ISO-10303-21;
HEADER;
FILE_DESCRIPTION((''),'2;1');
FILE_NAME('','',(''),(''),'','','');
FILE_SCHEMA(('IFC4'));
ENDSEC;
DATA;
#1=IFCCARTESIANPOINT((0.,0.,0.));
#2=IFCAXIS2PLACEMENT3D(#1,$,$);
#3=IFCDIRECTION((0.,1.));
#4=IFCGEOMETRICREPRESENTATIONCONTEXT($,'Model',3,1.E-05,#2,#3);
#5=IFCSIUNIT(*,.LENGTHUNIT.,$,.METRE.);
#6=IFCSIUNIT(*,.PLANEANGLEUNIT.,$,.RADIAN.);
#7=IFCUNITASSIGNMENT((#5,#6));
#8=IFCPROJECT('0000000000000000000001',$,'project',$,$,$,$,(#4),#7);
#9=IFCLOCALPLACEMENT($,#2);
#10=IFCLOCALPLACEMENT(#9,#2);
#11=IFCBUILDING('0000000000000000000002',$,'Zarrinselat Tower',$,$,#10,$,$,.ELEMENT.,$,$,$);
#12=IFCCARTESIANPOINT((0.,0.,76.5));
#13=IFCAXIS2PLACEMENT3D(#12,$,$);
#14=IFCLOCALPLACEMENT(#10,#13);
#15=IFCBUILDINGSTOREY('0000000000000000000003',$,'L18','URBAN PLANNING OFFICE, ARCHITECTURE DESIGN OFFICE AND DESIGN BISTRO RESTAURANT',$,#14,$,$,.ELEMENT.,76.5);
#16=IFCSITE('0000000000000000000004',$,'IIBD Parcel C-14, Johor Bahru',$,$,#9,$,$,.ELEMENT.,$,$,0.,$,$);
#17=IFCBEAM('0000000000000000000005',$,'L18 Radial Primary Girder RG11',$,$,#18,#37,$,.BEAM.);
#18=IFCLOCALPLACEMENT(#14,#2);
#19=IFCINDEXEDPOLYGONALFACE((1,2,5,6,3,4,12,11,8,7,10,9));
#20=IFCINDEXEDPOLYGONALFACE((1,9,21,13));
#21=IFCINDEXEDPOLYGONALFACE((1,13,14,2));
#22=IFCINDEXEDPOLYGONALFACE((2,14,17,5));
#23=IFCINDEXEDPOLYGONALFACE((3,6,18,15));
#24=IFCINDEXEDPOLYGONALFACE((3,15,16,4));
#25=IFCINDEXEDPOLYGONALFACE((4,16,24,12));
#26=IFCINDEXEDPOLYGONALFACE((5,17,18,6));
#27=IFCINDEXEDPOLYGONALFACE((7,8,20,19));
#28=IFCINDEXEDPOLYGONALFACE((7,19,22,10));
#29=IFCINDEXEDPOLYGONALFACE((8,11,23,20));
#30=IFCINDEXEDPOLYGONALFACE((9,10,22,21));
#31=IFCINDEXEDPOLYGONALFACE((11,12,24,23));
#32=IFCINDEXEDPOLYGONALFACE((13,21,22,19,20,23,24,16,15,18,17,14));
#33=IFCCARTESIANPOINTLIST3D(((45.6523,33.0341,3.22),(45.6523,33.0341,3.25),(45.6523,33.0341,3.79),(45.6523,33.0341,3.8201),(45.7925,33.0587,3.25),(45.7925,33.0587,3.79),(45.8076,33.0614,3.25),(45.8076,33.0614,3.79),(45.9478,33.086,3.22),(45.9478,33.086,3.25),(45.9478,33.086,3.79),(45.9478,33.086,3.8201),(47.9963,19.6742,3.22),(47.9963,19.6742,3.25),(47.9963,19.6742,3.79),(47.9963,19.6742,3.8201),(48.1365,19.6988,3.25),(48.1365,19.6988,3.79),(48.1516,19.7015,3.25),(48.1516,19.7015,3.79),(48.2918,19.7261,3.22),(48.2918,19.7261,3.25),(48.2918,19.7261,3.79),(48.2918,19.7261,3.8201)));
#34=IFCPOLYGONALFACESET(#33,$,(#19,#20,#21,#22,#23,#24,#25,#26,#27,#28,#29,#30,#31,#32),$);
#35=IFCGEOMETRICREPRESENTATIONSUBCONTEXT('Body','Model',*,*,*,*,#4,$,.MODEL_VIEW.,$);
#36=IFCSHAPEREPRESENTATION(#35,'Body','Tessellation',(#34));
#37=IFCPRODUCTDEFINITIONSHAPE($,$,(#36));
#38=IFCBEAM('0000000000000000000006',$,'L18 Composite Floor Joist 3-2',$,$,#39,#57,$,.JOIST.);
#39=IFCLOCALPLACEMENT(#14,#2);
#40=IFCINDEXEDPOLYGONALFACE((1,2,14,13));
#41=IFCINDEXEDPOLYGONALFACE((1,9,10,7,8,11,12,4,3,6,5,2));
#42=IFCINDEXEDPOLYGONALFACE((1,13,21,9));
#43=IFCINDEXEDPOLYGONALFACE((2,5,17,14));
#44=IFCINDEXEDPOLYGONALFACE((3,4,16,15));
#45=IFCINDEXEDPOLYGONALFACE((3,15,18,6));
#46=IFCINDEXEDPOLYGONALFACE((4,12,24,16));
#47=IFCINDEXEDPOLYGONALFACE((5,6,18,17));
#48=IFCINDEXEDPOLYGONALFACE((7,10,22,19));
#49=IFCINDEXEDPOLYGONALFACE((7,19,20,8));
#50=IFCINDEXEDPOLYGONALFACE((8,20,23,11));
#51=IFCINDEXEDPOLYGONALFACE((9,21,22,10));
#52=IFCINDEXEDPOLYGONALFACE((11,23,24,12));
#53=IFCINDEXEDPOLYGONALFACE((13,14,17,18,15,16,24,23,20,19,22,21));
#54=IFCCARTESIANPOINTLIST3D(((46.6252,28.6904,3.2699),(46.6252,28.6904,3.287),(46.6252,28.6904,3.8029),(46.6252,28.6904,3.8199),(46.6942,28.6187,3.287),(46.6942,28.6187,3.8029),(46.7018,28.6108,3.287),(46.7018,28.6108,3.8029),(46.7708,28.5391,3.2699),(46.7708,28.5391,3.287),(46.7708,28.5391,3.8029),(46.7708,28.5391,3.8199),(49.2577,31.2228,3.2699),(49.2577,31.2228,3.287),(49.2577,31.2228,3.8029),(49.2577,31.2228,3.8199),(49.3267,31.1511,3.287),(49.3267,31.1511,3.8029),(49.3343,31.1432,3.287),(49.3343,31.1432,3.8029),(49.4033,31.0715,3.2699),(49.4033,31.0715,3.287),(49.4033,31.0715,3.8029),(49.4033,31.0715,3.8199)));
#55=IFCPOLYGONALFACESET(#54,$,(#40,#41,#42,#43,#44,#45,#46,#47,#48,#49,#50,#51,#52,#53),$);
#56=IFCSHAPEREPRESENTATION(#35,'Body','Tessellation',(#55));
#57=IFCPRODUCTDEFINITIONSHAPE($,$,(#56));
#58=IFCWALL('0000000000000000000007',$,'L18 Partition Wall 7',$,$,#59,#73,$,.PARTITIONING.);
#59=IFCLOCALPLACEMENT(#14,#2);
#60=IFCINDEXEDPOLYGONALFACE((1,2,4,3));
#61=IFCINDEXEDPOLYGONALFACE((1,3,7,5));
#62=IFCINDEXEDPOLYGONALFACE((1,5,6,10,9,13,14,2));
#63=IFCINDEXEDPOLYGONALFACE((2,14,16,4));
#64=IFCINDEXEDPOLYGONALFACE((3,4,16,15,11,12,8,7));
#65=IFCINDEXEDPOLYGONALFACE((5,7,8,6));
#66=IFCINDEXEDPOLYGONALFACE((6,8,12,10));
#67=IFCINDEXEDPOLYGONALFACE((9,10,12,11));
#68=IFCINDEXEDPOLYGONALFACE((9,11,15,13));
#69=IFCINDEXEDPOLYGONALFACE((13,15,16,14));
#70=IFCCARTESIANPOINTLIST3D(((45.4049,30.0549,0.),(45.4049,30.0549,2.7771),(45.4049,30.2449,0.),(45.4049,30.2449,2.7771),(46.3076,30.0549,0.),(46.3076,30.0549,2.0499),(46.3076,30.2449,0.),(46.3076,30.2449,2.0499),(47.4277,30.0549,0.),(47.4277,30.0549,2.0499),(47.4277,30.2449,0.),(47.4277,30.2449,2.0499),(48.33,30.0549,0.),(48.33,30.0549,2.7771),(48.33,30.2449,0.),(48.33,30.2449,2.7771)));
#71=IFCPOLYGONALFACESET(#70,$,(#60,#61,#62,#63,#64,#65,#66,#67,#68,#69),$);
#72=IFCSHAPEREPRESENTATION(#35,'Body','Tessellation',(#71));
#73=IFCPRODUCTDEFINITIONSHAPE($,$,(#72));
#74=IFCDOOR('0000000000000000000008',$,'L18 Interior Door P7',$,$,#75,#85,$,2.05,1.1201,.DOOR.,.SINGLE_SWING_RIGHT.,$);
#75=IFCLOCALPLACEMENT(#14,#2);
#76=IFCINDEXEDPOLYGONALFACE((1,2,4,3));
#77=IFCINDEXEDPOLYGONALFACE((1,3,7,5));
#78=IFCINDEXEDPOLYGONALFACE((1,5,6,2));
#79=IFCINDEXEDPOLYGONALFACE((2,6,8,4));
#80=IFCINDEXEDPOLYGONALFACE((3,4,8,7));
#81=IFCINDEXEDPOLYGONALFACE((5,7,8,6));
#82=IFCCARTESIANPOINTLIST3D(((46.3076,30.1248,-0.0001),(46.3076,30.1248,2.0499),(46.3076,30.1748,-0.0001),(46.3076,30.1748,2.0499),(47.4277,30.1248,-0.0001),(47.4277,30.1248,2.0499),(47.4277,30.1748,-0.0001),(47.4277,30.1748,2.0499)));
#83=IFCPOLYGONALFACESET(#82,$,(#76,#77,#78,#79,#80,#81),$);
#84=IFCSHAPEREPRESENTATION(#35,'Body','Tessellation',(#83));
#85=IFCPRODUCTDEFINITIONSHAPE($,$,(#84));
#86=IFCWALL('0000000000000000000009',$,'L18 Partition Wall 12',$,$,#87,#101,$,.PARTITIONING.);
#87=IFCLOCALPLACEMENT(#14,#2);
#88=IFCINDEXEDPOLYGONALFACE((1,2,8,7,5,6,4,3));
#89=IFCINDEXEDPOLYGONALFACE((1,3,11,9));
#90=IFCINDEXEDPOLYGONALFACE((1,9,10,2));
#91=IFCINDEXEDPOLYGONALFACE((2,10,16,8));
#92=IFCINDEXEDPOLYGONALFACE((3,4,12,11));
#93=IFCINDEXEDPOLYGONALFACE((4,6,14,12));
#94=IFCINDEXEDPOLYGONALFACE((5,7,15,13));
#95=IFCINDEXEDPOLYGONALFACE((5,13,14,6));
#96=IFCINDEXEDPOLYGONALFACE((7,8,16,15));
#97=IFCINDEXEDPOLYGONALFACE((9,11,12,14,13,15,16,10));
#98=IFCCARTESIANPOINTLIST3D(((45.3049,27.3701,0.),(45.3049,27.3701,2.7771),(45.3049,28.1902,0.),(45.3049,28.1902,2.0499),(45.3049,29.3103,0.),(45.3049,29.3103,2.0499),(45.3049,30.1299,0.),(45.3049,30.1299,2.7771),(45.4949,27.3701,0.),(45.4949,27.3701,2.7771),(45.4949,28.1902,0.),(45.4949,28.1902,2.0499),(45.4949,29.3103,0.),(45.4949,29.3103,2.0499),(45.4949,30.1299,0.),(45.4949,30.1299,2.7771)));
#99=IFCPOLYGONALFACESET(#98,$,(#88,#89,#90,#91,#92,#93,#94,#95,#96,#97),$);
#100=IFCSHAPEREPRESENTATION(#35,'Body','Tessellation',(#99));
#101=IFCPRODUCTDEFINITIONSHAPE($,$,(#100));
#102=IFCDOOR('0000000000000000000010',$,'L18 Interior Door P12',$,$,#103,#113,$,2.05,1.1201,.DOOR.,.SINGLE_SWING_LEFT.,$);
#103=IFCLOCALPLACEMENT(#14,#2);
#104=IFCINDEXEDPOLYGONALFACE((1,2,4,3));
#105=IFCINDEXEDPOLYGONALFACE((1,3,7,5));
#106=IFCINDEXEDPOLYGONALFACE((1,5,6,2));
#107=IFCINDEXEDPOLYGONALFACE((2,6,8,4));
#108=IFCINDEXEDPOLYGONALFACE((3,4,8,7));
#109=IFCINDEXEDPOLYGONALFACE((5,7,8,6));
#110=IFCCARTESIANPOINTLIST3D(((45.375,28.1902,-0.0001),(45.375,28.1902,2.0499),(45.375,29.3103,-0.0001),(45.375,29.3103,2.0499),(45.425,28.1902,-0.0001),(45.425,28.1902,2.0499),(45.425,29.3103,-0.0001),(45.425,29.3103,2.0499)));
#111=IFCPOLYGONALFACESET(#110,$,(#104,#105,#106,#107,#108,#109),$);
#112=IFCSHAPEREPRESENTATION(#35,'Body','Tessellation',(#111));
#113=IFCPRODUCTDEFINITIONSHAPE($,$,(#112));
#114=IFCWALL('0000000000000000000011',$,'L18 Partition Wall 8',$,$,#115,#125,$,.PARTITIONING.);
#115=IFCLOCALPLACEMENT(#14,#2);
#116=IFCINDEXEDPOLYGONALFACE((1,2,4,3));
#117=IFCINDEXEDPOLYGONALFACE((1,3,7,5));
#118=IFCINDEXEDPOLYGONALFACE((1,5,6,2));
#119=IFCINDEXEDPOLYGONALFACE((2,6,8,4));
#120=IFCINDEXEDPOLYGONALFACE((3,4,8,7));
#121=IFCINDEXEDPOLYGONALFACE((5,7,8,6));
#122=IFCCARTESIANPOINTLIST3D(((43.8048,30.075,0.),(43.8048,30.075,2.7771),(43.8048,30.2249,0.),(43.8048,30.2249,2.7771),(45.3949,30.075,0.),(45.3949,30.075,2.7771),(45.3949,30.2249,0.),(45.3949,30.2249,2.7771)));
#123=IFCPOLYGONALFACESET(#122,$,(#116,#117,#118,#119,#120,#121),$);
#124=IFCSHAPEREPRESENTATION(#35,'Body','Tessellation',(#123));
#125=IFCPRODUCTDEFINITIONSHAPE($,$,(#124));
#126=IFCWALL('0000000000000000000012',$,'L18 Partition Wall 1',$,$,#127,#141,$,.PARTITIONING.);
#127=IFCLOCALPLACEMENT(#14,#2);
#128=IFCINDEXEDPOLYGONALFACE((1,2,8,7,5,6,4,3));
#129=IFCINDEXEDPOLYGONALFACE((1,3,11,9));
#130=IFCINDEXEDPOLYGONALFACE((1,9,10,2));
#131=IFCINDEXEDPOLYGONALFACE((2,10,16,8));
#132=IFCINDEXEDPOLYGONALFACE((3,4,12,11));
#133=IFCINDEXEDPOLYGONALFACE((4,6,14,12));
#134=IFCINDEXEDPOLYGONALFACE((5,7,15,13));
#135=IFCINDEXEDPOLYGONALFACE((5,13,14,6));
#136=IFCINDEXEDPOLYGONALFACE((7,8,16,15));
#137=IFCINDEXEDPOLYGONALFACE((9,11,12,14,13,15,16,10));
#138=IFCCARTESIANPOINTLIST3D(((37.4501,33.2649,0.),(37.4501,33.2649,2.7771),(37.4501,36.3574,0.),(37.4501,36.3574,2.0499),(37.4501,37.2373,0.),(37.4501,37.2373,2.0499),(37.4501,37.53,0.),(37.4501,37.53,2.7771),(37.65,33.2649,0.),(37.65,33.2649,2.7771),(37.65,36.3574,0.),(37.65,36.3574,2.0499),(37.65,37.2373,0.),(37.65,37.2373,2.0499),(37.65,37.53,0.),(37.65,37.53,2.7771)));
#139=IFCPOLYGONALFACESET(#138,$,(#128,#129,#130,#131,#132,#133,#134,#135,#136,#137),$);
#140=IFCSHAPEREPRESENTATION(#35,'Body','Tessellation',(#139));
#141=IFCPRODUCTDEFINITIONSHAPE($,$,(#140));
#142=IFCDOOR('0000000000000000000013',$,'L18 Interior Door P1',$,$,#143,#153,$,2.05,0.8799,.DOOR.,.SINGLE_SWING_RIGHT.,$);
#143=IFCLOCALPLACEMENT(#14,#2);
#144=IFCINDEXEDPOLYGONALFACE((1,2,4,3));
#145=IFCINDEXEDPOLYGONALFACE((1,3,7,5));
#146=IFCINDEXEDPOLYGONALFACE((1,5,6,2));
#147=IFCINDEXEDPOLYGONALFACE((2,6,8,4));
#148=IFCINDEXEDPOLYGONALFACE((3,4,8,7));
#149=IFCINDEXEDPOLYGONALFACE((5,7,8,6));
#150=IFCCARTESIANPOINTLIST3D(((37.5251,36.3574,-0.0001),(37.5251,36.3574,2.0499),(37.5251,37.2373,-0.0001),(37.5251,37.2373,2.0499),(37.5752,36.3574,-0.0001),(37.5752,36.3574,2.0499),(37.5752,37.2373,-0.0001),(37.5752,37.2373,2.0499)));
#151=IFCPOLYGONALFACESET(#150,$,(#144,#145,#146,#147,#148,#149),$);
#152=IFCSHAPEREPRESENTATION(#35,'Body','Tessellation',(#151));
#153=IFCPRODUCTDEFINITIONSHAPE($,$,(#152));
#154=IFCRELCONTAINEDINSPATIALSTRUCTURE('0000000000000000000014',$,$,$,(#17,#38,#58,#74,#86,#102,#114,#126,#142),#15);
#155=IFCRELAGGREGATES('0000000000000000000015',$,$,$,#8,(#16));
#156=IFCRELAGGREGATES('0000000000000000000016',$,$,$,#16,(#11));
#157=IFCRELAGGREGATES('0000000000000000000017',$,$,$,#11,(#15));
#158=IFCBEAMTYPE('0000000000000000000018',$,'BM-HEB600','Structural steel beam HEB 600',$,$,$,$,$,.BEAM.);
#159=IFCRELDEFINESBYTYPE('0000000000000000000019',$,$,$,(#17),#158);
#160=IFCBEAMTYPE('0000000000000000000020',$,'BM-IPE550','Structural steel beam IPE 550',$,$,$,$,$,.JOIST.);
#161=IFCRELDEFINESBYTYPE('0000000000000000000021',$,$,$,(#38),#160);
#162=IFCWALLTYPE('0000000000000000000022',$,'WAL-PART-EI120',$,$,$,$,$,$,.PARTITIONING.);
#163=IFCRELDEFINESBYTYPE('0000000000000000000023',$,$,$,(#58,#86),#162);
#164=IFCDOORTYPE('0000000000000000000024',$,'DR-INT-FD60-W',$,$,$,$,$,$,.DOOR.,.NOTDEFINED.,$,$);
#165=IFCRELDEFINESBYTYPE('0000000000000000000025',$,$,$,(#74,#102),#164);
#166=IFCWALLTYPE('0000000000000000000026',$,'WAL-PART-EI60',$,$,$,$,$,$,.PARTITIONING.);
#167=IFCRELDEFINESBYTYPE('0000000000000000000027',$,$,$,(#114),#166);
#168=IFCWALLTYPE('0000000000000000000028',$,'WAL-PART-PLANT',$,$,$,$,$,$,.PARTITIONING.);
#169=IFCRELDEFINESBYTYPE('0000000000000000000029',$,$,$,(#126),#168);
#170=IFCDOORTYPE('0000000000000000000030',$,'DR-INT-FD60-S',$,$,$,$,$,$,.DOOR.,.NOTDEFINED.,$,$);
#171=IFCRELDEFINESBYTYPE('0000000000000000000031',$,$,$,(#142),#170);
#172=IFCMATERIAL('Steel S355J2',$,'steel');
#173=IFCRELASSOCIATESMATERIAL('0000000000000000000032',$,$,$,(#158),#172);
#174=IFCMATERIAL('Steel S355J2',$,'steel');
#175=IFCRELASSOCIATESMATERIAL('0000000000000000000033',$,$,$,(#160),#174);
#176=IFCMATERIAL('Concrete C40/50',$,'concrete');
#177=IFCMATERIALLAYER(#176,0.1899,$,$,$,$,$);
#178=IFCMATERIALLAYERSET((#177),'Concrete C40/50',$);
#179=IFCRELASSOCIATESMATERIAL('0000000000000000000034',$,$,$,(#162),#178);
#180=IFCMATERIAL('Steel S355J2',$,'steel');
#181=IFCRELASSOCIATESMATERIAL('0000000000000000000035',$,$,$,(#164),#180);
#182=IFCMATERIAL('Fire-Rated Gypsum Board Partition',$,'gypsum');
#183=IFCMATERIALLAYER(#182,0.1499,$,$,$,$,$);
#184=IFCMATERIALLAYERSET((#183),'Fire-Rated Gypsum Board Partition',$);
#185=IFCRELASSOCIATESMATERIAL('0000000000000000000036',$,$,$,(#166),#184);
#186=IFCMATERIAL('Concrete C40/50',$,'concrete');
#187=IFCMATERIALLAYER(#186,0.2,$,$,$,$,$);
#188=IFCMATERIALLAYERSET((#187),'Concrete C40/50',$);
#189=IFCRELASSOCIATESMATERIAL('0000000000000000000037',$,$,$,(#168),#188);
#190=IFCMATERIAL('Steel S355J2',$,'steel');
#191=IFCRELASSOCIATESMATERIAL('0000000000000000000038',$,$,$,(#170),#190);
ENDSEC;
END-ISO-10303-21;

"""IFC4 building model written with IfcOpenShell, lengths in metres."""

from ifc_helpers import new_model, si_unit, direction, frame, frame_2d, origin, origin_2d, place, context, subcontext, project, spatial, rectangle, i_section, extrude, material, layer, layer_set, material_profile, profile_set, type_object, element, fill, save


model = new_model("IFC4")

# Units and contexts
model_context = context("Model", 3, precision=1e-05, world=origin(), true_north=direction((0.0, 1.0)))
body_context = subcontext(model_context, "Body", "Model", "MODEL_VIEW")
ifc_project = project(units=[si_unit("LENGTHUNIT", "METRE"), si_unit("PLANEANGLEUNIT", "RADIAN")], contexts=[model_context])

# Site, building, storey
site_placement = place(None, origin())
site = spatial("IfcSite", under=ifc_project, at=site_placement, Name="IIBD Parcel C-14, Johor Bahru", CompositionType="ELEMENT", RefElevation=0.0)
building_placement = place(site_placement, origin())
building = spatial("IfcBuilding", under=site, at=building_placement, Name="Zarrinselat Tower", CompositionType="ELEMENT")
storey_placement = place(building_placement, frame((0.0, 0.0, 76.5)))
storey = spatial("IfcBuildingStorey", under=building, at=storey_placement, Name="L18", Description="URBAN PLANNING OFFICE, ARCHITECTURE DESIGN OFFICE AND DESIGN BISTRO RESTAURANT", CompositionType="ELEMENT", Elevation=76.5)

# Beams
ifc_material_1 = material(Name="Steel S355J2", Category="steel")
ifc_material_profile_1 = material_profile(ifc_material_1, i_section(OverallWidth=0.3, OverallDepth=0.6001, WebThickness=0.0154, FlangeThickness=0.03, at=origin_2d()), Name="HEB 600")
ifc_profile_set_1 = profile_set([ifc_material_profile_1], Name="Steel S355J2")
beam_type_1 = type_object("IfcBeamType", Name="BM-HEB600", Description="Structural steel beam HEB 600", PredefinedType="BEAM", material=ifc_profile_set_1)
beam_1_placement = place(storey_placement, frame((45.8, 33.0601, 3.52), z_axis=(0.172811, -0.984955, 0.0), x_axis=(0.984955, 0.172811, 0.0)))
element("IfcBeam", 1, at=beam_1_placement, inside=storey, type_object=beam_type_1, Name="L18 Radial Primary Girder RG11", PredefinedType="BEAM", context=body_context, shape_type="SweptSolid", body=[
    extrude(i_section(OverallWidth=0.3, OverallDepth=0.6001, WebThickness=0.0154, FlangeThickness=0.03, at=origin_2d()), origin(), (0.0, 0.0, 1.0), 13.564),
])
ifc_material_2 = material(Name="Steel S355J2", Category="steel")
ifc_material_profile_2 = material_profile(ifc_material_2, i_section(OverallWidth=0.21, OverallDepth=0.55, WebThickness=0.011, FlangeThickness=0.0171, at=origin_2d()), Name="IPE 550")
ifc_profile_set_2 = profile_set([ifc_material_profile_2], Name="Steel S355J2")
beam_type_2 = type_object("IfcBeamType", Name="BM-IPE550", Description="Structural steel beam IPE 550", PredefinedType="JOIST", material=ifc_profile_set_2)
beam_2_placement = place(storey_placement, frame((46.698, 28.6147, 3.5449), z_axis=(0.720675, 0.693273, 0.0), x_axis=(-0.693273, 0.720675, 0.0)))
element("IfcBeam", 2, at=beam_2_placement, inside=storey, type_object=beam_type_2, Name="L18 Composite Floor Joist 3-2", PredefinedType="JOIST", context=body_context, shape_type="SweptSolid", body=[
    extrude(i_section(OverallWidth=0.21, OverallDepth=0.55, WebThickness=0.011, FlangeThickness=0.0171, at=origin_2d()), origin(), (0.0, 0.0, 1.0), 3.6528),
])

# Walls, openings, doors
ifc_material_3 = material(Name="Concrete C40/50", Category="concrete")
ifc_layer_1 = layer(ifc_material_3, 0.1899)
ifc_layer_set_1 = layer_set([ifc_layer_1], Name="Concrete C40/50")
wall_type_1 = type_object("IfcWallType", Name="WAL-PART-EI120", PredefinedType="PARTITIONING", material=ifc_layer_set_1)
wall_1_placement = place(storey_placement, frame((45.405, 30.1499, 0.0), z_axis=(0.0, 0.0, 1.0), x_axis=(1.0, 0.0, 0.0)))
wall_1 = element("IfcWall", 3, at=wall_1_placement, inside=storey, type_object=wall_type_1, Name="L18 Partition Wall 7", PredefinedType="PARTITIONING", context=body_context, shape_type="SweptSolid", body=[
    extrude(rectangle(XDim=2.925, YDim=0.1899, at=frame_2d((1.4624, 0.0))), origin(), (0.0, 0.0, 1.0), 2.7771),
])
opening_1_placement = place(wall_1_placement, frame((0.9026, 0.0, 0.0)))
opening_1 = element("IfcOpeningElement", 4, at=opening_1_placement, cuts=wall_1, PredefinedType="OPENING", context=body_context, shape_type="SweptSolid", body=[
    extrude(rectangle(XDim=1.1201, YDim=2.05, at=frame_2d((0.5601, 1.0249))), frame((0.0, 0.105, 0.0), z_axis=(0.0, -1.0, 0.0), x_axis=(1.0, 0.0, 0.0)), (0.0, 0.0, 1.0), 0.21),
])
ifc_material_4 = material(Name="Steel S355J2", Category="steel")
door_type_1 = type_object("IfcDoorType", Name="DR-INT-FD60-W", OperationType="NOTDEFINED", PredefinedType="DOOR", material=ifc_material_4)
door_1_placement = place(opening_1_placement, origin())
door_1 = element("IfcDoor", 5, at=door_1_placement, inside=storey, type_object=door_type_1, Name="L18 Interior Door P7", OperationType="SINGLE_SWING_RIGHT", OverallHeight=2.05, OverallWidth=1.1201, PredefinedType="DOOR", context=body_context, shape_type="SweptSolid", body=[
    extrude(rectangle(XDim=1.1201, YDim=2.05, at=frame_2d((0.5601, 1.0249))), frame((0.0, 0.0249, 0.0), z_axis=(0.0, -1.0, 0.0), x_axis=(1.0, 0.0, 0.0)), (0.0, 0.0, 1.0), 0.05),
])
fill(opening_1, door_1)
wall_2_placement = place(storey_placement, frame((45.3999, 27.3701, 0.0), z_axis=(0.0, 0.0, 1.0), x_axis=(0.0, 1.0, 0.0)))
wall_2 = element("IfcWall", 6, at=wall_2_placement, inside=storey, type_object=wall_type_1, Name="L18 Partition Wall 12", PredefinedType="PARTITIONING", context=body_context, shape_type="SweptSolid", body=[
    extrude(rectangle(XDim=2.7598, YDim=0.1899, at=frame_2d((1.3799, 0.0))), origin(), (0.0, 0.0, 1.0), 2.7771),
])
opening_2_placement = place(wall_2_placement, frame((0.8201, 0.0, 0.0)))
opening_2 = element("IfcOpeningElement", 7, at=opening_2_placement, cuts=wall_2, PredefinedType="OPENING", context=body_context, shape_type="SweptSolid", body=[
    extrude(rectangle(XDim=1.1201, YDim=2.05, at=frame_2d((0.5601, 1.0249))), frame((0.0, 0.105, 0.0), z_axis=(0.0, -1.0, 0.0), x_axis=(1.0, 0.0, 0.0)), (0.0, 0.0, 1.0), 0.21),
])
door_2_placement = place(opening_2_placement, origin())
door_2 = element("IfcDoor", 8, at=door_2_placement, inside=storey, type_object=door_type_1, Name="L18 Interior Door P12", OperationType="SINGLE_SWING_LEFT", OverallHeight=2.05, OverallWidth=1.1201, PredefinedType="DOOR", context=body_context, shape_type="SweptSolid", body=[
    extrude(rectangle(XDim=1.1201, YDim=2.05, at=frame_2d((0.5601, 1.0249))), frame((0.0, 0.0249, 0.0), z_axis=(0.0, -1.0, 0.0), x_axis=(1.0, 0.0, 0.0)), (0.0, 0.0, 1.0), 0.05),
])
fill(opening_2, door_2)

# Wall
ifc_material_5 = material(Name="Fire-Rated Gypsum Board Partition", Category="gypsum")
ifc_layer_2 = layer(ifc_material_5, 0.1499)
ifc_layer_set_2 = layer_set([ifc_layer_2], Name="Fire-Rated Gypsum Board Partition")
wall_type_2 = type_object("IfcWallType", Name="WAL-PART-EI60", PredefinedType="PARTITIONING", material=ifc_layer_set_2)
wall_3_placement = place(storey_placement, frame((43.8049, 30.1499, 0.0), z_axis=(0.0, 0.0, 1.0), x_axis=(1.0, 0.0, 0.0)))
element("IfcWall", 9, at=wall_3_placement, inside=storey, type_object=wall_type_2, Name="L18 Partition Wall 8", PredefinedType="PARTITIONING", context=body_context, shape_type="SweptSolid", body=[
    extrude(rectangle(XDim=1.5901, YDim=0.1499, at=frame_2d((0.7949, 0.0))), origin(), (0.0, 0.0, 1.0), 2.7771),
])

# Wall, opening, door
ifc_material_6 = material(Name="Concrete C40/50", Category="concrete")
ifc_layer_3 = layer(ifc_material_6, 0.2)
ifc_layer_set_3 = layer_set([ifc_layer_3], Name="Concrete C40/50")
wall_type_3 = type_object("IfcWallType", Name="WAL-PART-PLANT", PredefinedType="PARTITIONING", material=ifc_layer_set_3)
wall_4_placement = place(storey_placement, frame((37.55, 33.2649, 0.0), z_axis=(0.0, 0.0, 1.0), x_axis=(0.0, 1.0, 0.0)))
wall_4 = element("IfcWall", 10, at=wall_4_placement, inside=storey, type_object=wall_type_3, Name="L18 Partition Wall 1", PredefinedType="PARTITIONING", context=body_context, shape_type="SweptSolid", body=[
    extrude(rectangle(XDim=4.2651, YDim=0.2, at=frame_2d((2.1326, 0.0))), origin(), (0.0, 0.0, 1.0), 2.7771),
])
opening_3_placement = place(wall_4_placement, frame((3.0925, 0.0, 0.0)))
opening_3 = element("IfcOpeningElement", 11, at=opening_3_placement, cuts=wall_4, PredefinedType="OPENING", context=body_context, shape_type="SweptSolid", body=[
    extrude(rectangle(XDim=0.8799, YDim=2.05, at=frame_2d((0.4399, 1.0249))), frame((0.0, 0.1099, 0.0), z_axis=(0.0, -1.0, 0.0), x_axis=(1.0, 0.0, 0.0)), (0.0, 0.0, 1.0), 0.22),
])
ifc_material_7 = material(Name="Steel S355J2", Category="steel")
door_type_2 = type_object("IfcDoorType", Name="DR-INT-FD60-S", OperationType="NOTDEFINED", PredefinedType="DOOR", material=ifc_material_7)
door_3_placement = place(opening_3_placement, origin())
door_3 = element("IfcDoor", 12, at=door_3_placement, inside=storey, type_object=door_type_2, Name="L18 Interior Door P1", OperationType="SINGLE_SWING_RIGHT", OverallHeight=2.05, OverallWidth=0.8799, PredefinedType="DOOR", context=body_context, shape_type="SweptSolid", body=[
    extrude(rectangle(XDim=0.8799, YDim=2.05, at=frame_2d((0.4399, 1.0249))), frame((0.0, 0.0249, 0.0), z_axis=(0.0, -1.0, 0.0), x_axis=(1.0, 0.0, 0.0)), (0.0, 0.0, 1.0), 0.05),
])
fill(opening_3, door_3)

save(model, "model.ifc")
